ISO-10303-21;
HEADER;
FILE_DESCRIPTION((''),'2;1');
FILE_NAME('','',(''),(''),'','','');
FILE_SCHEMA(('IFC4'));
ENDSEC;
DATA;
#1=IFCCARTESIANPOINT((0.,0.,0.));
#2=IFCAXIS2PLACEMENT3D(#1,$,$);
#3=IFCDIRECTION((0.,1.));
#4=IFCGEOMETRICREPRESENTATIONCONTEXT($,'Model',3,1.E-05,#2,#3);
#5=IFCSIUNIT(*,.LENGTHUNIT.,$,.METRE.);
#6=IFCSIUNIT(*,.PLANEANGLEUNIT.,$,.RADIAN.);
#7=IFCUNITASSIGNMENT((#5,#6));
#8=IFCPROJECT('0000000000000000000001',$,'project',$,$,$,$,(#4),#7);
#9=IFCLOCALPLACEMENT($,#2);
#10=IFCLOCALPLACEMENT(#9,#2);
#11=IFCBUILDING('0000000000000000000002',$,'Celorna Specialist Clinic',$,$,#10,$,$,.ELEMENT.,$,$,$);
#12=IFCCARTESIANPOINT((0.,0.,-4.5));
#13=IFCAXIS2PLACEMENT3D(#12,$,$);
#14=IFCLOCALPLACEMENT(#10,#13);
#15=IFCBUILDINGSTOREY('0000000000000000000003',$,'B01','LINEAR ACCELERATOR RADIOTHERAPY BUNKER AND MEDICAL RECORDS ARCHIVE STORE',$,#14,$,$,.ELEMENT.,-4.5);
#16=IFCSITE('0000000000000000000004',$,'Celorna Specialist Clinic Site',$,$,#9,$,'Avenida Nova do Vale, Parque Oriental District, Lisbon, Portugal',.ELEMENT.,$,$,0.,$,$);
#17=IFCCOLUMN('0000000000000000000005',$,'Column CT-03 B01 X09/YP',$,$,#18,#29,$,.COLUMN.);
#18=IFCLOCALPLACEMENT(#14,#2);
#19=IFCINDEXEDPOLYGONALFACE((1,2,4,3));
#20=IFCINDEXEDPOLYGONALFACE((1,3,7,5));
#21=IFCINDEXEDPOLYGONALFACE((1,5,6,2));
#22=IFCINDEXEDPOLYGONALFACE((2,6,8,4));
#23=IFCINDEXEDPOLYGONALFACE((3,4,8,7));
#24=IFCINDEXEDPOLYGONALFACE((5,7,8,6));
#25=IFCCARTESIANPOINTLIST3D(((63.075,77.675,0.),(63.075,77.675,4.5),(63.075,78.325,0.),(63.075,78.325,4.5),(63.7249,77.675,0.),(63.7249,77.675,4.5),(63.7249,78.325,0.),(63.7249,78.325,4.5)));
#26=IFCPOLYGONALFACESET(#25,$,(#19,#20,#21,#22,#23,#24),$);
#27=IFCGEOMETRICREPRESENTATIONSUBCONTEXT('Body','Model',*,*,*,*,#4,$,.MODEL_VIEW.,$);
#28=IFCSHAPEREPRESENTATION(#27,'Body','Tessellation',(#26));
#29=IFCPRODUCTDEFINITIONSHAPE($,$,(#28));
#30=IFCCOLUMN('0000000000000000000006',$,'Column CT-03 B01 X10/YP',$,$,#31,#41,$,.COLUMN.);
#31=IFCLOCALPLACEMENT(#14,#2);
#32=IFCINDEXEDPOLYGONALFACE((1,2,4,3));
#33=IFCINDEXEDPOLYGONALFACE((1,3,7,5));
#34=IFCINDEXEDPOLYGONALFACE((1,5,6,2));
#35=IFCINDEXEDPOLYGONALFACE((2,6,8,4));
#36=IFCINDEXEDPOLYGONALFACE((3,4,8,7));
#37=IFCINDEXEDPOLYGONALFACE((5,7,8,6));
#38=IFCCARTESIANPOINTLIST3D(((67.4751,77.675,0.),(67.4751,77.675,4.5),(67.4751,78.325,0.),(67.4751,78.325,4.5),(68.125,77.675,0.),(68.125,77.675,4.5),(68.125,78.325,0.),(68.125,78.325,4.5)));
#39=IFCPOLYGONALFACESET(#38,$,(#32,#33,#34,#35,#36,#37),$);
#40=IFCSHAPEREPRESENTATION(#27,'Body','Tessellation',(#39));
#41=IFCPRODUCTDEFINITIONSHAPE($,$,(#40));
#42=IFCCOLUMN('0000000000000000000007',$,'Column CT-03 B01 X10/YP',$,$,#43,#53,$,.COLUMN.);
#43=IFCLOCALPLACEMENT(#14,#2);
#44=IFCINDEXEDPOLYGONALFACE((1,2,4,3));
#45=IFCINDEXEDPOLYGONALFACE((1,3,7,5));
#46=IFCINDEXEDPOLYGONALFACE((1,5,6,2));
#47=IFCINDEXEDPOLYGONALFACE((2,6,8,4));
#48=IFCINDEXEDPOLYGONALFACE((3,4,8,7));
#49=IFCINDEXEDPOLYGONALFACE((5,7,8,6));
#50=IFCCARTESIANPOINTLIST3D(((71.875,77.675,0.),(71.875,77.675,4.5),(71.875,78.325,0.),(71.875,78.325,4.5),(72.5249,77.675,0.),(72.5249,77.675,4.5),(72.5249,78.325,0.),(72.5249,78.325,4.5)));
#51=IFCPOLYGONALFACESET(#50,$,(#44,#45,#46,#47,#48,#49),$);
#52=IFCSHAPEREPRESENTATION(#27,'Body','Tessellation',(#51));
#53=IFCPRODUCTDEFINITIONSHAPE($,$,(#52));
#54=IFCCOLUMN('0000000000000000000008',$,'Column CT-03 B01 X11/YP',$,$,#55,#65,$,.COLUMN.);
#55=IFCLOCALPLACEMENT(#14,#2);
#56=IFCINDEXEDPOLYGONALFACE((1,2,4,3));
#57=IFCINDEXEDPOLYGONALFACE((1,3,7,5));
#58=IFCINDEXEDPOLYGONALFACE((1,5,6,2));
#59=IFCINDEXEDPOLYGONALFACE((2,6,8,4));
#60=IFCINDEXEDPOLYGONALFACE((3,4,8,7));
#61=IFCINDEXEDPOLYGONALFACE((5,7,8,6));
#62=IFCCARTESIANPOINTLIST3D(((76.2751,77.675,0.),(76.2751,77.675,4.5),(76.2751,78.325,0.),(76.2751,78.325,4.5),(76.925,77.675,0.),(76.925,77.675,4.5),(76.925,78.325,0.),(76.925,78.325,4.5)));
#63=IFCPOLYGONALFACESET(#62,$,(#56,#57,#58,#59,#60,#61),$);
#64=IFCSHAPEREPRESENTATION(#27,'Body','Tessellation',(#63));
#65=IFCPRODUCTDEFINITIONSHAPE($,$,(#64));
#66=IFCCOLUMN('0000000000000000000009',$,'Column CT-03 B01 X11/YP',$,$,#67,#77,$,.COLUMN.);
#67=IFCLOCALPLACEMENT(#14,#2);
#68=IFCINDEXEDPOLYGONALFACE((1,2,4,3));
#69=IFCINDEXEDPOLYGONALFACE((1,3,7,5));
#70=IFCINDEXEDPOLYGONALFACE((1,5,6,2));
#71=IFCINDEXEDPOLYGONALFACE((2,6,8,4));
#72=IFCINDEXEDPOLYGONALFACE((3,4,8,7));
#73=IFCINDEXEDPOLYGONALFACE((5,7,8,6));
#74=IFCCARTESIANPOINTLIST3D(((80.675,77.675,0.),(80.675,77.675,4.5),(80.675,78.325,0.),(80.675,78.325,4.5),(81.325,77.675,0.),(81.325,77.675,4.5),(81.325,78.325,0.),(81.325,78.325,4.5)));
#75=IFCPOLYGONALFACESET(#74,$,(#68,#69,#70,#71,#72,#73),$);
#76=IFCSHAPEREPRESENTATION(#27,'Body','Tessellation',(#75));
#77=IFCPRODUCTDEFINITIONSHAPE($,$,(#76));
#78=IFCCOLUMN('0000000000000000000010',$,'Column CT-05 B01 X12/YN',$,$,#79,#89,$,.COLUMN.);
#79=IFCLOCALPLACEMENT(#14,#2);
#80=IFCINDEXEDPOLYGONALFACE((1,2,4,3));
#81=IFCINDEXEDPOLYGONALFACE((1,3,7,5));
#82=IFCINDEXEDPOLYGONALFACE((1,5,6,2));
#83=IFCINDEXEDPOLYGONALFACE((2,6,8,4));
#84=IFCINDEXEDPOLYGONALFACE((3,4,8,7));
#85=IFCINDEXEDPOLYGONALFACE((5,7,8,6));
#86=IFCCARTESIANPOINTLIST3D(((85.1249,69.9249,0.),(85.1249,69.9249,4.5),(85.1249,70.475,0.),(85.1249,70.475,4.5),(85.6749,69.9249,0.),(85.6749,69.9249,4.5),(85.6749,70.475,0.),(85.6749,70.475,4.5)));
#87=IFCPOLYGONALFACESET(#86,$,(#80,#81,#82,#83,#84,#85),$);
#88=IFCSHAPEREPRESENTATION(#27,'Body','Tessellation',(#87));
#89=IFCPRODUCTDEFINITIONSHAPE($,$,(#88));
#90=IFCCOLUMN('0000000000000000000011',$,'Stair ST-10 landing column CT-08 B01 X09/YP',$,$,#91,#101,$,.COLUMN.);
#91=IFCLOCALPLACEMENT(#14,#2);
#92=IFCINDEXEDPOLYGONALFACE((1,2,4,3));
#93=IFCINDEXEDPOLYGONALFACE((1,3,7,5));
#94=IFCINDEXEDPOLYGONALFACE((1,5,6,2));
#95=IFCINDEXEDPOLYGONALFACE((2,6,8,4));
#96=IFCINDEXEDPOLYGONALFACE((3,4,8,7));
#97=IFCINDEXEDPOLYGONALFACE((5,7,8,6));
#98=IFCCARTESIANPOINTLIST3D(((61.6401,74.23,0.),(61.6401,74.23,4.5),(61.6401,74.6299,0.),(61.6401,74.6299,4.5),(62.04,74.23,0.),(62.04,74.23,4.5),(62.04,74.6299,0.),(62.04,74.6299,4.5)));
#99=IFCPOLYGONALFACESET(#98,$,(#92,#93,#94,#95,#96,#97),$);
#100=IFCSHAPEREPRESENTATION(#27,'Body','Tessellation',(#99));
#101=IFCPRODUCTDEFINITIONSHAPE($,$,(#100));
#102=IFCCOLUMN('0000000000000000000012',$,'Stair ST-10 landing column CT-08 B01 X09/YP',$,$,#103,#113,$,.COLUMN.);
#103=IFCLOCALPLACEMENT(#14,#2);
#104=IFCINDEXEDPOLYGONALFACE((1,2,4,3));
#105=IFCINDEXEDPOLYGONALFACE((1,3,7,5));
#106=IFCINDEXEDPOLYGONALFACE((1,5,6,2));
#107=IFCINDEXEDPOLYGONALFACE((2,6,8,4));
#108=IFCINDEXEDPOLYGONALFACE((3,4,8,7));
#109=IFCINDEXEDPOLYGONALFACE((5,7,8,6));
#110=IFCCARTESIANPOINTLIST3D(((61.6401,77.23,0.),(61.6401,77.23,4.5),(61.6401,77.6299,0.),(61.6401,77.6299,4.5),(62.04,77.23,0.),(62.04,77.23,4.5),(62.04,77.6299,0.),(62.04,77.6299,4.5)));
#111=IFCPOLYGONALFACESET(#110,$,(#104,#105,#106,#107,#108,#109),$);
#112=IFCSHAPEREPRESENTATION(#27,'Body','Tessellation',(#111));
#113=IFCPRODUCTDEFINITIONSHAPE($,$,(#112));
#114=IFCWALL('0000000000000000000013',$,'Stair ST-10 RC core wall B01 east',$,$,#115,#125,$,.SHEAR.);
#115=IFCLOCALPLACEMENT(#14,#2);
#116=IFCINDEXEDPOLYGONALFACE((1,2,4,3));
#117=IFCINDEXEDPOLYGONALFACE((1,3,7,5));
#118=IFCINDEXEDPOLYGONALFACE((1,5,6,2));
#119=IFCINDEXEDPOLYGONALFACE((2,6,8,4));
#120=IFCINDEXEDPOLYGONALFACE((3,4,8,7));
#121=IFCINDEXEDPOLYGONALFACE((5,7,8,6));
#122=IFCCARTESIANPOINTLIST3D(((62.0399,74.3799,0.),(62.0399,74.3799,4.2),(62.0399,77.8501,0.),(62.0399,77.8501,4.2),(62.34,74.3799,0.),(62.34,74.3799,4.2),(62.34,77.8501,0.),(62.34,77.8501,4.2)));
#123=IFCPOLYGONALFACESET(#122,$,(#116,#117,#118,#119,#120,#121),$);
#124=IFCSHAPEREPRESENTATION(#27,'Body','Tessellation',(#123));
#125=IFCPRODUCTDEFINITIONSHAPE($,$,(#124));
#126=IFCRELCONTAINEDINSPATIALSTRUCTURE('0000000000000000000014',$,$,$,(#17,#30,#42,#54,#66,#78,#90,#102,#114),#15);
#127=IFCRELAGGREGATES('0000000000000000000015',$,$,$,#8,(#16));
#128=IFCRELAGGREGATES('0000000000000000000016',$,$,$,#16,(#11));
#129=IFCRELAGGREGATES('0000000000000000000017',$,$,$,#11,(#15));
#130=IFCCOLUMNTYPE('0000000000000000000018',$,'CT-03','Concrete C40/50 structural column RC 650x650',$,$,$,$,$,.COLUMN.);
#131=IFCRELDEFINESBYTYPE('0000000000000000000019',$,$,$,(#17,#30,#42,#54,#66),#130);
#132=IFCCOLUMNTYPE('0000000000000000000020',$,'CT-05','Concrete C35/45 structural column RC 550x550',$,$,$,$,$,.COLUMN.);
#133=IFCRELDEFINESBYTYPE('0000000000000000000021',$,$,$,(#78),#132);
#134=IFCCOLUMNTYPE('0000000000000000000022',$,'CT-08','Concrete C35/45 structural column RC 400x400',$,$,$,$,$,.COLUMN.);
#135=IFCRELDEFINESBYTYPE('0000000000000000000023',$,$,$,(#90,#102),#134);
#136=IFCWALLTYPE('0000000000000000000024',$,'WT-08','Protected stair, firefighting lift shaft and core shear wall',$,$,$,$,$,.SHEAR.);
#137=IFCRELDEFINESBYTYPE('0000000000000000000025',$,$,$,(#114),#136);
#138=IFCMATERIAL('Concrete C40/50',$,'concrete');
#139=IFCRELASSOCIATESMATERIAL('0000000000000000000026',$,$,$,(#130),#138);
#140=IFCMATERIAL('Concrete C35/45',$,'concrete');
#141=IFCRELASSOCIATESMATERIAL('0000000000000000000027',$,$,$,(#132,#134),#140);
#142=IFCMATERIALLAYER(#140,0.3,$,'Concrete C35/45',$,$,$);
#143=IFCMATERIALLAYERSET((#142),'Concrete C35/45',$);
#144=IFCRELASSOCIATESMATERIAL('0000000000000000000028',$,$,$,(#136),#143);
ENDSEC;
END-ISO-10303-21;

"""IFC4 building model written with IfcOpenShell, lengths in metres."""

from ifc_helpers import new_model, si_unit, direction, frame, frame_2d, origin, origin_2d, place, context, subcontext, project, spatial, rectangle, extrude, material, layer, layer_set, material_profile, profile_set, type_object, element, save


model = new_model("IFC4")

# Units and contexts
model_context = context("Model", 3, precision=1e-05, world=origin(), true_north=direction((0.0, 1.0)))
body_context = subcontext(model_context, "Body", "Model", "MODEL_VIEW")
ifc_project = project(units=[si_unit("LENGTHUNIT", "METRE"), si_unit("PLANEANGLEUNIT", "RADIAN")], contexts=[model_context])

# Site, building, storey
site_placement = place(None, origin())
site = spatial("IfcSite", under=ifc_project, at=site_placement, Name="Celorna Specialist Clinic Site", LongName="Avenida Nova do Vale, Parque Oriental District, Lisbon, Portugal", CompositionType="ELEMENT", RefElevation=0.0)
building_placement = place(site_placement, origin())
building = spatial("IfcBuilding", under=site, at=building_placement, Name="Celorna Specialist Clinic", CompositionType="ELEMENT")
storey_placement = place(building_placement, frame((0.0, 0.0, -4.5)))
storey = spatial("IfcBuildingStorey", under=building, at=storey_placement, Name="B01", Description="LINEAR ACCELERATOR RADIOTHERAPY BUNKER AND MEDICAL RECORDS ARCHIVE STORE", CompositionType="ELEMENT", Elevation=-4.5)

# Shared definitions
ifc_material_1 = material(Name="Concrete C35/45", Category="concrete")

# Columns
ifc_material_2 = material(Name="Concrete C40/50", Category="concrete")
ifc_material_profile_1 = material_profile(ifc_material_2, rectangle(XDim=0.6499, YDim=0.6499, at=origin_2d()), Name="RC 650x650")
ifc_profile_set_1 = profile_set([ifc_material_profile_1], Name="Concrete C40/50")
column_type_1 = type_object("IfcColumnType", Name="CT-03", Description="Concrete C40/50 structural column RC 650x650", PredefinedType="COLUMN", material=ifc_profile_set_1)
for number, where, z_axis, x_axis, name in (
    (1, (63.3999, 78.0, 0.0), (0.0, 0.0, 1.0), (1.0, 0.0, 0.0), "Column CT-03 B01 X09/YP"),
    (2, (67.8, 78.0, 0.0), (0.0, 0.0, 1.0), (1.0, 0.0, 0.0), "Column CT-03 B01 X10/YP"),
    (3, (72.2, 78.0, 0.0), (0.0, 0.0, 1.0), (1.0, 0.0, 0.0), "Column CT-03 B01 X10/YP"),
    (4, (76.6001, 78.0, 0.0), (0.0, 0.0, 1.0), (1.0, 0.0, 0.0), "Column CT-03 B01 X11/YP"),
    (5, (81.0, 78.0, 0.0), (0.0, 0.0, 1.0), (1.0, 0.0, 0.0), "Column CT-03 B01 X11/YP"),
):
    element("IfcColumn", number, at=place(storey_placement, frame(where, z_axis=z_axis, x_axis=x_axis)), inside=storey, type_object=column_type_1, Name=name, PredefinedType="COLUMN", context=body_context, shape_type="SweptSolid", body=[
        extrude(rectangle(XDim=0.6499, YDim=0.6499, at=origin_2d()), origin(), (0.0, 0.0, 1.0), 4.5),
    ])
ifc_material_profile_2 = material_profile(ifc_material_1, rectangle(XDim=0.55, YDim=0.55, at=origin_2d()), Name="RC 550x550")
ifc_profile_set_2 = profile_set([ifc_material_profile_2], Name="Concrete C35/45")
column_type_2 = type_object("IfcColumnType", Name="CT-05", Description="Concrete C35/45 structural column RC 550x550", PredefinedType="COLUMN", material=ifc_profile_set_2)
column_placement = place(storey_placement, frame((85.3999, 70.2, 0.0), z_axis=(0.0, 0.0, 1.0), x_axis=(1.0, 0.0, 0.0)))
element("IfcColumn", 6, at=column_placement, inside=storey, type_object=column_type_2, Name="Column CT-05 B01 X12/YN", PredefinedType="COLUMN", context=body_context, shape_type="SweptSolid", body=[
    extrude(rectangle(XDim=0.55, YDim=0.55, at=origin_2d()), origin(), (0.0, 0.0, 1.0), 4.5),
])
ifc_material_profile_3 = material_profile(ifc_material_1, rectangle(XDim=0.3999, YDim=0.3999, at=origin_2d()), Name="RC 400x400")
ifc_profile_set_3 = profile_set([ifc_material_profile_3], Name="Concrete C35/45")
column_type_3 = type_object("IfcColumnType", Name="CT-08", Description="Concrete C35/45 structural column RC 400x400", PredefinedType="COLUMN", material=ifc_profile_set_3)
for number, where, z_axis, x_axis, name in (
    (7, (61.8401, 74.4299, 0.0), (0.0, 0.0, 1.0), (1.0, 0.0, 0.0), "Stair ST-10 landing column CT-08 B01 X09/YP"),
    (8, (61.8401, 77.4299, 0.0), (0.0, 0.0, 1.0), (1.0, 0.0, 0.0), "Stair ST-10 landing column CT-08 B01 X09/YP"),
):
    element("IfcColumn", number, at=place(storey_placement, frame(where, z_axis=z_axis, x_axis=x_axis)), inside=storey, type_object=column_type_3, Name=name, PredefinedType="COLUMN", context=body_context, shape_type="SweptSolid", body=[
        extrude(rectangle(XDim=0.3999, YDim=0.3999, at=origin_2d()), origin(), (0.0, 0.0, 1.0), 4.5),
    ])

# Wall
ifc_layer = layer(ifc_material_1, 0.3, Name="Concrete C35/45")
ifc_layer_set = layer_set([ifc_layer], Name="Concrete C35/45")
wall_type = type_object("IfcWallType", Name="WT-08", Description="Protected stair, firefighting lift shaft and core shear wall", PredefinedType="SHEAR", material=ifc_layer_set)
wall_placement = place(storey_placement, frame((62.1899, 74.3799, 0.0), z_axis=(0.0, 0.0, 1.0), x_axis=(0.0, 1.0, 0.0)))
element("IfcWall", 9, at=wall_placement, inside=storey, type_object=wall_type, Name="Stair ST-10 RC core wall B01 east", PredefinedType="SHEAR", context=body_context, shape_type="SweptSolid", body=[
    extrude(rectangle(XDim=3.4702, YDim=0.3, at=frame_2d((1.7351, 0.0))), origin(), (0.0, 0.0, 1.0), 4.2),
])

save(model, "model.ifc")
